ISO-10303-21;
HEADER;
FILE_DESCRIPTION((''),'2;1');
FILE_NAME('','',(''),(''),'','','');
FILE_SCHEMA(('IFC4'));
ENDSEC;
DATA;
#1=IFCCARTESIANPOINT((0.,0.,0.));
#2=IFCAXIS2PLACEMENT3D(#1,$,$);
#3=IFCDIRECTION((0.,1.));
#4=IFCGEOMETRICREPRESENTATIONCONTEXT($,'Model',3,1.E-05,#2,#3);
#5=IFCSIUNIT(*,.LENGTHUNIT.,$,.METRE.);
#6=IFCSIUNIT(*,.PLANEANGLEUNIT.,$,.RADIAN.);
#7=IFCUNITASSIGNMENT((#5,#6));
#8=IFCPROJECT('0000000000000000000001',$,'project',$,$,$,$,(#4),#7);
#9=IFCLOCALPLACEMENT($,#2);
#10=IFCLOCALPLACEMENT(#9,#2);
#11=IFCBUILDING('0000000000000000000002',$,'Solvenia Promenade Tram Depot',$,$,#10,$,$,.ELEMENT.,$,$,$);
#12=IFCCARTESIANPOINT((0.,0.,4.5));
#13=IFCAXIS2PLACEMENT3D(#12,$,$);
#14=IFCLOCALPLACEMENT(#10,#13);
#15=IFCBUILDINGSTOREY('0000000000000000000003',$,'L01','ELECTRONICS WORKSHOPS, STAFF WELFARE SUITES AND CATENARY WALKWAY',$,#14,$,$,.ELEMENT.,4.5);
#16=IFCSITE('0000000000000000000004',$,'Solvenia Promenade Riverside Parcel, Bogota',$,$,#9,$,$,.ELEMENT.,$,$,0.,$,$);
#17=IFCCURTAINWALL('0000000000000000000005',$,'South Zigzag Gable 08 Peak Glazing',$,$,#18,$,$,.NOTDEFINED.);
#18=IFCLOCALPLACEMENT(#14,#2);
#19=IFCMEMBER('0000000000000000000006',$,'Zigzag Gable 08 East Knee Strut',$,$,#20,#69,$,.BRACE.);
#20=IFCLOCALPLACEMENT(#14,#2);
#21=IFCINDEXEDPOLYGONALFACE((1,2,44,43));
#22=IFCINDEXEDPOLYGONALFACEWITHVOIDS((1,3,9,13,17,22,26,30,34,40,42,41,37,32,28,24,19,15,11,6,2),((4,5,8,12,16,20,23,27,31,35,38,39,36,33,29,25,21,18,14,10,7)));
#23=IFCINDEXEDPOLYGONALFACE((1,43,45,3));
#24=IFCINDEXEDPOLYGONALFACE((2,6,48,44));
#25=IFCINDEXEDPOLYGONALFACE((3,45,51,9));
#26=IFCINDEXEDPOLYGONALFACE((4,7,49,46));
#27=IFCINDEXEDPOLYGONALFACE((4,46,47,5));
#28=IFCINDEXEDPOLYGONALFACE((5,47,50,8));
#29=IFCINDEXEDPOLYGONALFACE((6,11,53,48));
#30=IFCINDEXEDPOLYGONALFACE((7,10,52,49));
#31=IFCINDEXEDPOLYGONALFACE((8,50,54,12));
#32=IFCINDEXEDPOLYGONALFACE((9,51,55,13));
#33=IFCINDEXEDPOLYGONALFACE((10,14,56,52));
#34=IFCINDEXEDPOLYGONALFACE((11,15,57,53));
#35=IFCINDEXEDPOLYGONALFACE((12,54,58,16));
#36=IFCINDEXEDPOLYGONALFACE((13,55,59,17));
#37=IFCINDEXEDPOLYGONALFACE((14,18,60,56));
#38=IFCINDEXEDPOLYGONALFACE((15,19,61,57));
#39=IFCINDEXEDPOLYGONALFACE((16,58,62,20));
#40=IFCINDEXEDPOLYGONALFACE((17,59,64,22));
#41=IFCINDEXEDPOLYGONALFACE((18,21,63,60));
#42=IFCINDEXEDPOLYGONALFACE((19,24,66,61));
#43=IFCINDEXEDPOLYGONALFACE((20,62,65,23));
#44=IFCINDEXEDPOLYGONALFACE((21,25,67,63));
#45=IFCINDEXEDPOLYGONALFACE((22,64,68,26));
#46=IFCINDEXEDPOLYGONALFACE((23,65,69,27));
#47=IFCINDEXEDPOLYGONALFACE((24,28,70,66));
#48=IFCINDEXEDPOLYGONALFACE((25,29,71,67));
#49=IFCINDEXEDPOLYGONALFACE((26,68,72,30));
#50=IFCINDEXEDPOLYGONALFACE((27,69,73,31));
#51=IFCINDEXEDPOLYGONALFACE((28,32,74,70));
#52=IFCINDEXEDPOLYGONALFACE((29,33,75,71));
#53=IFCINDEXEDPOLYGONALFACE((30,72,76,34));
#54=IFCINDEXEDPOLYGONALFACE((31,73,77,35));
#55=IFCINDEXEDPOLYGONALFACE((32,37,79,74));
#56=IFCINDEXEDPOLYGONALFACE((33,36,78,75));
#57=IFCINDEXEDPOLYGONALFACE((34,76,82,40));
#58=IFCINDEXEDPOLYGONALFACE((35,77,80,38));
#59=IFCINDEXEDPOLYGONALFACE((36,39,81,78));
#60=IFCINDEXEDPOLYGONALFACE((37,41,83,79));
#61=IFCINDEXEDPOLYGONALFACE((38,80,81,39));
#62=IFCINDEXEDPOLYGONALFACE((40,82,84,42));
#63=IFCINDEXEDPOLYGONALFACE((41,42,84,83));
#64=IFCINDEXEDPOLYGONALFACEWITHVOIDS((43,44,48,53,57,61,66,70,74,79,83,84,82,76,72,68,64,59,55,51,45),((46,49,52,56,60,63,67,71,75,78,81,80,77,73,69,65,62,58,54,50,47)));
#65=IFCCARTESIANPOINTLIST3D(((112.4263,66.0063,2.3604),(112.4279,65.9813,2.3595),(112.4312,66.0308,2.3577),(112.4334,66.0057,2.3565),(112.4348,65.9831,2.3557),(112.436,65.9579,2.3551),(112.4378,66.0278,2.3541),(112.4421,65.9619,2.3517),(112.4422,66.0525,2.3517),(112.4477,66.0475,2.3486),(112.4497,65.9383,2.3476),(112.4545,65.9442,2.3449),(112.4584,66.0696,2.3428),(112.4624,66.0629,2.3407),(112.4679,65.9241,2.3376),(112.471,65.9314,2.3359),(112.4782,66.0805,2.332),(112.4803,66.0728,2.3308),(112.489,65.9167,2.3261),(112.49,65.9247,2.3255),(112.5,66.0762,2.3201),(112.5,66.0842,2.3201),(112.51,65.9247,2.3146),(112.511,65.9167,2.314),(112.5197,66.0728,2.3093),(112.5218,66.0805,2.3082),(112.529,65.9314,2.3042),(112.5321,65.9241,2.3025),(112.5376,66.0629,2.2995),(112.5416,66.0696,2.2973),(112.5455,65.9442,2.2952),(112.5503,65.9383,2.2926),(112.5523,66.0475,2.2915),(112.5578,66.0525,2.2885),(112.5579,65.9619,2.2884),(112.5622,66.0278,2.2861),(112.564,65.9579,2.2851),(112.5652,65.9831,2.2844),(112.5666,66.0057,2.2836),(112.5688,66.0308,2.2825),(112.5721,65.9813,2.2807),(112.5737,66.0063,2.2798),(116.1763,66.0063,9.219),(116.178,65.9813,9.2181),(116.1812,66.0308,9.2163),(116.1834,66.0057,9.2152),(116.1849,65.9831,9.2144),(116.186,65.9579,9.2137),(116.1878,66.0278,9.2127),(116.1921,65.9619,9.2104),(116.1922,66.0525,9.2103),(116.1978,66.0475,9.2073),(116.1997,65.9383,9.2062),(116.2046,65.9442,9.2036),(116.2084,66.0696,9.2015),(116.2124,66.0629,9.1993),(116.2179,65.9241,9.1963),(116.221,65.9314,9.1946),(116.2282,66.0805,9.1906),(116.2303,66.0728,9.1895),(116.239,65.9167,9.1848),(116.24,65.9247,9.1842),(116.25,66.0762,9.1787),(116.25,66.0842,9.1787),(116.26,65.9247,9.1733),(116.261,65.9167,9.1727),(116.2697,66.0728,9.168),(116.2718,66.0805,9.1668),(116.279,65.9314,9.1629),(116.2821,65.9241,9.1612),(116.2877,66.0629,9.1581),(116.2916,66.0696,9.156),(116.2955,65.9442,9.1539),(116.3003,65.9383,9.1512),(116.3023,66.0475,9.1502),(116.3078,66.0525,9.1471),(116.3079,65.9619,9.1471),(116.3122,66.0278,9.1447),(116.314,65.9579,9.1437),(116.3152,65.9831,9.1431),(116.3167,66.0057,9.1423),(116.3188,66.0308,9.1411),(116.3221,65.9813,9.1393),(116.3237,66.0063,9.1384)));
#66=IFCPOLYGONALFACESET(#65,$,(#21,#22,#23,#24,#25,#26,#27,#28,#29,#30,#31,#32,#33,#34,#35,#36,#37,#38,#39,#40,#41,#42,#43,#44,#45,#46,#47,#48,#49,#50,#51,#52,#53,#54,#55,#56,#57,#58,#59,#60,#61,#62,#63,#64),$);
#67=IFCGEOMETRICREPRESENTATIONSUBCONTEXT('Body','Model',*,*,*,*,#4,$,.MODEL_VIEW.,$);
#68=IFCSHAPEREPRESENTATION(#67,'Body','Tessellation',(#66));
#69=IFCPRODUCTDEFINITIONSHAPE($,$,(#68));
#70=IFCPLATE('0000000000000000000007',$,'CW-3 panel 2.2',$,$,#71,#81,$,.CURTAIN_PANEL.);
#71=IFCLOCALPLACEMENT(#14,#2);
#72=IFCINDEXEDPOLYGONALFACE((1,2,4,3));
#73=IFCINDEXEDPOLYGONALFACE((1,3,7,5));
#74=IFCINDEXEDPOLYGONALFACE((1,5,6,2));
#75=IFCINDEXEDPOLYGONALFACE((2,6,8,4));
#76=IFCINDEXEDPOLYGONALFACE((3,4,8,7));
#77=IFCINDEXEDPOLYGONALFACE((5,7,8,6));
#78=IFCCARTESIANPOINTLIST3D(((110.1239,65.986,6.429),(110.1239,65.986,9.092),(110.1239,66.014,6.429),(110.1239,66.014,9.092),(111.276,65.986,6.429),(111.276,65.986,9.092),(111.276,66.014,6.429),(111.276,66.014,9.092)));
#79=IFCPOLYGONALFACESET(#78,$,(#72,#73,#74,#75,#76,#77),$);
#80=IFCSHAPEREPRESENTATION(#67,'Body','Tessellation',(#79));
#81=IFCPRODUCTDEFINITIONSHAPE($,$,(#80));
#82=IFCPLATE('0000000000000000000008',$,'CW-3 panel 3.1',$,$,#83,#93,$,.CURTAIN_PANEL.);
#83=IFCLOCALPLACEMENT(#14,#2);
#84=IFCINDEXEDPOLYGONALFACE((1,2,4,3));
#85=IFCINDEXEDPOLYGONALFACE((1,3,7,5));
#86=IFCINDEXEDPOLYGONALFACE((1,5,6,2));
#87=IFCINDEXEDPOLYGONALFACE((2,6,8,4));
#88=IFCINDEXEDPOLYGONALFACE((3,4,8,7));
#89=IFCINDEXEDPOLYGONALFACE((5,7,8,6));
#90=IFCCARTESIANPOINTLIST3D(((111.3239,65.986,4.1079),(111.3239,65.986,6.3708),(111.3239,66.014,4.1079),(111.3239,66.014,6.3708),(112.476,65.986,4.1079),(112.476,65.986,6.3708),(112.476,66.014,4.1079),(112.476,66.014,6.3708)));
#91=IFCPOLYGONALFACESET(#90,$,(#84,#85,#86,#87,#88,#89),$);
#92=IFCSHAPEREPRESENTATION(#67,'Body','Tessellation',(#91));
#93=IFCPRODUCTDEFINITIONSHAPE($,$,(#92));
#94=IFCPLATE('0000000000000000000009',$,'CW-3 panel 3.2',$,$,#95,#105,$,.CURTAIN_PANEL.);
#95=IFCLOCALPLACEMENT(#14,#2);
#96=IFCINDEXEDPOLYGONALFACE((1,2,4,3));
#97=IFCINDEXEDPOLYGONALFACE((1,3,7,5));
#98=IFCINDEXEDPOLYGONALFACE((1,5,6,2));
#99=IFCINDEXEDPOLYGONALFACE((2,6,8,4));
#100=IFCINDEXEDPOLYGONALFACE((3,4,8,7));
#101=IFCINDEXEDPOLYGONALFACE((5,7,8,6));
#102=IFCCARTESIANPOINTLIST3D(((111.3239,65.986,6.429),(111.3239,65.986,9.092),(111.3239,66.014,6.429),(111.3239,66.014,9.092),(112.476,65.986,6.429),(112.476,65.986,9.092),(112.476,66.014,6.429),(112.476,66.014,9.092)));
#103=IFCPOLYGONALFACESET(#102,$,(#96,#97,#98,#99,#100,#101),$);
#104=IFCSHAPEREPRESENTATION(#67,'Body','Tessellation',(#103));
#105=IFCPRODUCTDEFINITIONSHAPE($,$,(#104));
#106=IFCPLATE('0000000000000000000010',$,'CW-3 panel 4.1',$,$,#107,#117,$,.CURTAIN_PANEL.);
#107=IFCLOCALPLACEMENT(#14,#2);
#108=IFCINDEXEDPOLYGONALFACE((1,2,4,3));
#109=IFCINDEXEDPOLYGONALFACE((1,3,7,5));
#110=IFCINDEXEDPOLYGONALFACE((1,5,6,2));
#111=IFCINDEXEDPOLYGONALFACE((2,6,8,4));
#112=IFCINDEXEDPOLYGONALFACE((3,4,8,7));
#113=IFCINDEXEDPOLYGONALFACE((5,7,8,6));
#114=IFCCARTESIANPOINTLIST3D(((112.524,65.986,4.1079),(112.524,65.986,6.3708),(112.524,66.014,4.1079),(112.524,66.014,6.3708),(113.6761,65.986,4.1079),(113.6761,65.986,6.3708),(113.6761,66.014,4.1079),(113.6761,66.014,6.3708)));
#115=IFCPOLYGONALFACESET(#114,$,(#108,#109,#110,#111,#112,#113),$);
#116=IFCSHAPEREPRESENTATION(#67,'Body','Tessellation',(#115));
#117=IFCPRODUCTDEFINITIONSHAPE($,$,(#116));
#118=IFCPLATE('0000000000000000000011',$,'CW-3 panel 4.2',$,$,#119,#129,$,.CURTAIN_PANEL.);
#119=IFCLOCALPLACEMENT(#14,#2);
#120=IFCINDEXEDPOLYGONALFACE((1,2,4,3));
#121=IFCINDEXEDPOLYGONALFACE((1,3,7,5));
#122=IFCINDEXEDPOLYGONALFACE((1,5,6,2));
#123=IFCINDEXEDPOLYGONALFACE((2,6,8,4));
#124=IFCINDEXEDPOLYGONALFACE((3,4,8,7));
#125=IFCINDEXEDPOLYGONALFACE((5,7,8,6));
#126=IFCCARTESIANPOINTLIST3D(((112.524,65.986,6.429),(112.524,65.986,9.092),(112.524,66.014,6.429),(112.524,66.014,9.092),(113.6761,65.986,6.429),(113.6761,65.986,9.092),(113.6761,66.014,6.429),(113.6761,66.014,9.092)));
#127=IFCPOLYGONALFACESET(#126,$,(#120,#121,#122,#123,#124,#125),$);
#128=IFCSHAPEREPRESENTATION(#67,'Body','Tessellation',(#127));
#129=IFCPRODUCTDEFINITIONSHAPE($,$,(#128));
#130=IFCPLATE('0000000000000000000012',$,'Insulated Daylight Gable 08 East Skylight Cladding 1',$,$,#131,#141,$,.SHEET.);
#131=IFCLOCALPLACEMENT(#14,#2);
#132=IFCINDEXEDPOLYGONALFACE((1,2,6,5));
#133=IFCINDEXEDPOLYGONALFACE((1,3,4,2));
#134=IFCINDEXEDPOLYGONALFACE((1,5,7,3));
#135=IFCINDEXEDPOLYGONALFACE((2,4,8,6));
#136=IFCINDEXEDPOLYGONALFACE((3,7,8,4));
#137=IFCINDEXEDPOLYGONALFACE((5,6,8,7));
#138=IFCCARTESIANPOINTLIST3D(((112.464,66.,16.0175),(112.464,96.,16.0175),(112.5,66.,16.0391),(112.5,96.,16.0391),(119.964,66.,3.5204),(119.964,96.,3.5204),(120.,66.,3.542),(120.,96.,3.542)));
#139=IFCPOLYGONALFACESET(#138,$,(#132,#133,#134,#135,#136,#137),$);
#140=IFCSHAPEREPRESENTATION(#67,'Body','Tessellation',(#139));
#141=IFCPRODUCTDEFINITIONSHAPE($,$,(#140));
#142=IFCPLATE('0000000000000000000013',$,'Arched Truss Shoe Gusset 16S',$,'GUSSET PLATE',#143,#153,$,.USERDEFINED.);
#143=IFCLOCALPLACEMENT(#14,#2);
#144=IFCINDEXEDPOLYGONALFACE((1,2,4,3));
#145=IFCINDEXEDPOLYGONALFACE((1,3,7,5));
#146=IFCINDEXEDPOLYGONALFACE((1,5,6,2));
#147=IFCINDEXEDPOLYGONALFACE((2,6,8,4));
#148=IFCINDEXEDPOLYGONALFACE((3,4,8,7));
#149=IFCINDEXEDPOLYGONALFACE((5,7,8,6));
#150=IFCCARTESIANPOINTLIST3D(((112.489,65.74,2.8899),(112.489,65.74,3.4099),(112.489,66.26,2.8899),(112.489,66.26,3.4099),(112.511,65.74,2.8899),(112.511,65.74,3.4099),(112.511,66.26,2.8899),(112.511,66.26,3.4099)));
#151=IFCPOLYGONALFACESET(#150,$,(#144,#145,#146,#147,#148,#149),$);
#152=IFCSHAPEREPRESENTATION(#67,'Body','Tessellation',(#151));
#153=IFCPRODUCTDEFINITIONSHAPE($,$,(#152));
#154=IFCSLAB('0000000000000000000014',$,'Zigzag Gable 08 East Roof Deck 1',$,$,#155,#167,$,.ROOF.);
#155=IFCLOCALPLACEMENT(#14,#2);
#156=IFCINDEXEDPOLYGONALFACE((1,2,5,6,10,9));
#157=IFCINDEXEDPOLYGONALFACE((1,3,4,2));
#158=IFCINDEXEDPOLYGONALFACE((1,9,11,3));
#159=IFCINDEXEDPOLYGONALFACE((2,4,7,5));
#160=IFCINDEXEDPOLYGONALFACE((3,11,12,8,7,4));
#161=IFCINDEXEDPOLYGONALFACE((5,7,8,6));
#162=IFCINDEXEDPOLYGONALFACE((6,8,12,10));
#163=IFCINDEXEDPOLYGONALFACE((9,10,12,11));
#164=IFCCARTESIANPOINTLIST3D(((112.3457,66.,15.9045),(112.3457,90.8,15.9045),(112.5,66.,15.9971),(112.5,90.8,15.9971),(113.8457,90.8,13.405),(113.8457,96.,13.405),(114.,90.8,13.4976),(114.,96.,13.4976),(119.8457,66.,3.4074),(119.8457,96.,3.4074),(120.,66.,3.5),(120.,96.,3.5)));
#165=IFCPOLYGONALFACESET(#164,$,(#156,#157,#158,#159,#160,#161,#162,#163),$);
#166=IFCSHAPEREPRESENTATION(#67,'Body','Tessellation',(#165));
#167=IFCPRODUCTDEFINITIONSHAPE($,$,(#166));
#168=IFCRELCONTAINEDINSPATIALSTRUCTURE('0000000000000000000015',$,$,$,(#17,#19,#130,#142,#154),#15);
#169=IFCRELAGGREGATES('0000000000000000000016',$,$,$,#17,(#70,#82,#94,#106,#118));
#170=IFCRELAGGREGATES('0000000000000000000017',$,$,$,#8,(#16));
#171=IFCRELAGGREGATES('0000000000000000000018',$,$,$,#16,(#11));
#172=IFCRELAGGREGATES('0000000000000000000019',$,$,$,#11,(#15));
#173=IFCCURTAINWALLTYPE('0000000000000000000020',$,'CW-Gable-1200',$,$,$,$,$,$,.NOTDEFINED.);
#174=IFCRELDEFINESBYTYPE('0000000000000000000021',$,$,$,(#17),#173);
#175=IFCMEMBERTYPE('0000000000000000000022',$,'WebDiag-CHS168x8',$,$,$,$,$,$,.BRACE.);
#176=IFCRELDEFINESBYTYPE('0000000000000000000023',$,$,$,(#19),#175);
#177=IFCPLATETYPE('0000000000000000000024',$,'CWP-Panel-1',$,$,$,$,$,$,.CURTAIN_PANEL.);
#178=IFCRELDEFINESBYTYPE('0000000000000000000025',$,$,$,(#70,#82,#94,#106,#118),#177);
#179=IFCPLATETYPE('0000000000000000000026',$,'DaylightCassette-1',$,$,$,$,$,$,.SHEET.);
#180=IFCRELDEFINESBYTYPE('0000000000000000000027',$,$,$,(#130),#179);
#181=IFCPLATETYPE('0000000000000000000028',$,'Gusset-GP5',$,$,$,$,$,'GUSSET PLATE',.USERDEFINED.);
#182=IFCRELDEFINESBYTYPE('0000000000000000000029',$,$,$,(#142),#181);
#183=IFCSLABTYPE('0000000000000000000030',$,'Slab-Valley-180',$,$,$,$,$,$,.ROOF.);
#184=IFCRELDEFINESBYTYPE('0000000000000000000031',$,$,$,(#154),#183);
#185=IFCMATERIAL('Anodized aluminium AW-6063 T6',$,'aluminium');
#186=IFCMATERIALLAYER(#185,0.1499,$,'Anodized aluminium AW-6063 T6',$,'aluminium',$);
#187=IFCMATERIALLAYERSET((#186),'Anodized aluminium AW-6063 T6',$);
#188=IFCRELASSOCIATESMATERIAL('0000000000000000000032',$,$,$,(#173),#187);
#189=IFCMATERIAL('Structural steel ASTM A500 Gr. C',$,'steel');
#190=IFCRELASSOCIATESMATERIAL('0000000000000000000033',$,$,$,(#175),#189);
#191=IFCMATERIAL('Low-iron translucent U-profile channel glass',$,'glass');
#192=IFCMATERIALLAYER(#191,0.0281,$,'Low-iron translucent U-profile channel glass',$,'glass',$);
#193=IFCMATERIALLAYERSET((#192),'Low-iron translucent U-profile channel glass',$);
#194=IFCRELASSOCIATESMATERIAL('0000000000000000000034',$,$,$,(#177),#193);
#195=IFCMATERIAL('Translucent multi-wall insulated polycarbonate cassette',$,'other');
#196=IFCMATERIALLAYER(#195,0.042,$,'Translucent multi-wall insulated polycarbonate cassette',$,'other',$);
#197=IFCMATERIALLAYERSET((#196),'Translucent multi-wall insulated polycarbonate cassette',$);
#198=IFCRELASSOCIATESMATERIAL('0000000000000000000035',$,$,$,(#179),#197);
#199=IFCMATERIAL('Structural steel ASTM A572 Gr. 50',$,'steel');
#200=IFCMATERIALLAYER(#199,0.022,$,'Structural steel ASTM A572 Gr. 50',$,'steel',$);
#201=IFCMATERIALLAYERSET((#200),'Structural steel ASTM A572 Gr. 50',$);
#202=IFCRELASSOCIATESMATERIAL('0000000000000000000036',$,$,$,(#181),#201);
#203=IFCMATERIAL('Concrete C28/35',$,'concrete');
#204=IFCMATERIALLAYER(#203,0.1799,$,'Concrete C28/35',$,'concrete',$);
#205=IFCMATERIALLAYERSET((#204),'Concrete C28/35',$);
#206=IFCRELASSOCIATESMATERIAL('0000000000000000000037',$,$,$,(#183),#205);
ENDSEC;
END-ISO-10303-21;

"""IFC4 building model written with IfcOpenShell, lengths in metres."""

from ifc_helpers import new_model, si_unit, direction, frame, origin, origin_2d, place, context, subcontext, project, spatial, polyline, rectangle, hollow_circle, outline, extrude, material, layer, layer_set, material_profile, profile_set, type_object, element, aggregate, save


model = new_model("IFC4")

# Units and contexts
model_context = context("Model", 3, precision=1e-05, world=origin(), true_north=direction((0.0, 1.0)))
body_context = subcontext(model_context, "Body", "Model", "MODEL_VIEW")
ifc_project = project(units=[si_unit("LENGTHUNIT", "METRE"), si_unit("PLANEANGLEUNIT", "RADIAN")], contexts=[model_context])

# Site, building, storey
site_placement = place(None, origin())
site = spatial("IfcSite", under=ifc_project, at=site_placement, Name="Solvenia Promenade Riverside Parcel, Bogota", CompositionType="ELEMENT", RefElevation=0.0)
building_placement = place(site_placement, origin())
building = spatial("IfcBuilding", under=site, at=building_placement, Name="Solvenia Promenade Tram Depot", CompositionType="ELEMENT")
storey_placement = place(building_placement, frame((0.0, 0.0, 4.5)))
storey = spatial("IfcBuildingStorey", under=building, at=storey_placement, Name="L01", Description="ELECTRONICS WORKSHOPS, STAFF WELFARE SUITES AND CATENARY WALKWAY", CompositionType="ELEMENT", Elevation=4.5)

# Shared definitions
ifc_material_1 = material(Name="Structural steel ASTM A500 Gr. C", Category="steel")

# Curtain wall
ifc_material_2 = material(Name="Anodized aluminium AW-6063 T6", Category="aluminium")
ifc_layer_1 = layer(ifc_material_2, 0.1499, Name="Anodized aluminium AW-6063 T6", Category="aluminium")
ifc_layer_set_1 = layer_set([ifc_layer_1], Name="Anodized aluminium AW-6063 T6")
curtain_wall_type = type_object("IfcCurtainWallType", Name="CW-Gable-1200", PredefinedType="NOTDEFINED", material=ifc_layer_set_1)
curtain_wall_placement = place(storey_placement, origin())
curtain_wall = element("IfcCurtainWall", 1, at=curtain_wall_placement, inside=storey, type_object=curtain_wall_type, Name="South Zigzag Gable 08 Peak Glazing", PredefinedType="NOTDEFINED")

# Member
ifc_material_profile_1 = material_profile(ifc_material_1, hollow_circle(Radius=0.0842, WallThickness=0.0081, at=origin_2d()), Name="CHS168.3x8", Category="steel")
ifc_profile_set_1 = profile_set([ifc_material_profile_1], Name="Structural steel ASTM A500 Gr. C")
member_type_1 = type_object("IfcMemberType", Name="WebDiag-CHS168x8", PredefinedType="BRACE", material=ifc_profile_set_1)
for number, where, z_axis, x_axis, name in (
    (2, (112.5, 66.0, 2.3201), (0.479732, 0.0, 0.877415), (0.0, 1.0, 0.0), "Zigzag Gable 08 East Knee Strut"),
):
    element("IfcMember", number, at=place(storey_placement, frame(where, z_axis=z_axis, x_axis=x_axis)), inside=storey, type_object=member_type_1, Name=name, PredefinedType="BRACE", context=body_context, shape_type="SweptSolid", body=[
        extrude(hollow_circle(Radius=0.0842, WallThickness=0.0081, at=origin_2d()), origin(), (0.0, 0.0, 1.0), 7.8169),
    ])

# Plates
ifc_material_3 = material(Name="Low-iron translucent U-profile channel glass", Category="glass")
ifc_layer_2 = layer(ifc_material_3, 0.0281, Name="Low-iron translucent U-profile channel glass", Category="glass")
ifc_layer_set_2 = layer_set([ifc_layer_2], Name="Low-iron translucent U-profile channel glass")
plate_type_1 = type_object("IfcPlateType", Name="CWP-Panel-1", PredefinedType="CURTAIN_PANEL", material=ifc_layer_set_2)
plate_1_placement = place(storey_placement, frame((110.7, 66.0, 6.429), z_axis=(0.0, 0.0, 1.0), x_axis=(1.0, 0.0, 0.0)))
plate_1 = element("IfcPlate", 3, at=plate_1_placement, type_object=plate_type_1, Name="CW-3 panel 2.2", PredefinedType="CURTAIN_PANEL", context=body_context, shape_type="SweptSolid", body=[
    extrude(rectangle(XDim=1.1521, YDim=0.0281, at=origin_2d()), origin(), (0.0, 0.0, 1.0), 2.6631),
])
plate_2_placement = place(storey_placement, frame((111.8999, 66.0, 4.1079), z_axis=(0.0, 0.0, 1.0), x_axis=(1.0, 0.0, 0.0)))
plate_2 = element("IfcPlate", 4, at=plate_2_placement, type_object=plate_type_1, Name="CW-3 panel 3.1", PredefinedType="CURTAIN_PANEL", context=body_context, shape_type="SweptSolid", body=[
    extrude(rectangle(XDim=1.1521, YDim=0.0281, at=origin_2d()), origin(), (0.0, 0.0, 1.0), 2.2629),
])
plate_3_placement = place(storey_placement, frame((111.8999, 66.0, 6.429), z_axis=(0.0, 0.0, 1.0), x_axis=(1.0, 0.0, 0.0)))
plate_3 = element("IfcPlate", 5, at=plate_3_placement, type_object=plate_type_1, Name="CW-3 panel 3.2", PredefinedType="CURTAIN_PANEL", context=body_context, shape_type="SweptSolid", body=[
    extrude(rectangle(XDim=1.1521, YDim=0.0281, at=origin_2d()), origin(), (0.0, 0.0, 1.0), 2.6631),
])
plate_4_placement = place(storey_placement, frame((113.1001, 66.0, 4.1079), z_axis=(0.0, 0.0, 1.0), x_axis=(1.0, 0.0, 0.0)))
plate_4 = element("IfcPlate", 6, at=plate_4_placement, type_object=plate_type_1, Name="CW-3 panel 4.1", PredefinedType="CURTAIN_PANEL", context=body_context, shape_type="SweptSolid", body=[
    extrude(rectangle(XDim=1.1521, YDim=0.0281, at=origin_2d()), origin(), (0.0, 0.0, 1.0), 2.2629),
])
plate_5_placement = place(storey_placement, frame((113.1001, 66.0, 6.429), z_axis=(0.0, 0.0, 1.0), x_axis=(1.0, 0.0, 0.0)))
plate_5 = element("IfcPlate", 7, at=plate_5_placement, type_object=plate_type_1, Name="CW-3 panel 4.2", PredefinedType="CURTAIN_PANEL", context=body_context, shape_type="SweptSolid", body=[
    extrude(rectangle(XDim=1.1521, YDim=0.0281, at=origin_2d()), origin(), (0.0, 0.0, 1.0), 2.6631),
])
aggregate(curtain_wall, [plate_1, plate_2, plate_3, plate_4, plate_5])

# Plates
ifc_material_4 = material(Name="Translucent multi-wall insulated polycarbonate cassette", Category="other")
ifc_layer_3 = layer(ifc_material_4, 0.042, Name="Translucent multi-wall insulated polycarbonate cassette", Category="other")
ifc_layer_set_3 = layer_set([ifc_layer_3], Name="Translucent multi-wall insulated polycarbonate cassette")
plate_type_2 = type_object("IfcPlateType", Name="DaylightCassette-1", PredefinedType="SHEET", material=ifc_layer_set_3)
plate_6_placement = place(storey_placement, frame((112.5, 66.0, 16.0391), z_axis=(0.85744, 0.0, 0.514584), x_axis=(0.0, 1.0, 0.0)))
element("IfcPlate", 8, at=plate_6_placement, inside=storey, type_object=plate_type_2, Name="Insulated Daylight Gable 08 East Skylight Cladding 1", PredefinedType="SHEET", context=body_context, shape_type="SweptSolid", body=[
    extrude(outline(polyline([(0.0, 0.0), (30.0, 0.0), (30.0, -14.5749), (0.0, -14.5749), (0.0, 0.0)])), origin(), (0.0, 0.0, -1.0), 0.042),
])
ifc_material_5 = material(Name="Structural steel ASTM A572 Gr. 50", Category="steel")
ifc_layer_4 = layer(ifc_material_5, 0.022, Name="Structural steel ASTM A572 Gr. 50", Category="steel")
ifc_layer_set_4 = layer_set([ifc_layer_4], Name="Structural steel ASTM A572 Gr. 50")
plate_type_3 = type_object("IfcPlateType", Name="Gusset-GP5", ElementType="GUSSET PLATE", PredefinedType="USERDEFINED", material=ifc_layer_set_4)
plate_7_placement = place(storey_placement, frame((112.5, 66.0, 2.8899), z_axis=(0.0, 0.0, 1.0), x_axis=(1.0, 0.0, 0.0)))
element("IfcPlate", 9, at=plate_7_placement, inside=storey, type_object=plate_type_3, Name="Arched Truss Shoe Gusset 16S", ObjectType="GUSSET PLATE", PredefinedType="USERDEFINED", context=body_context, shape_type="SweptSolid", body=[
    extrude(rectangle(XDim=0.022, YDim=0.52, at=origin_2d()), origin(), (0.0, 0.0, 1.0), 0.52),
])

# Slab
ifc_material_6 = material(Name="Concrete C28/35", Category="concrete")
ifc_layer_5 = layer(ifc_material_6, 0.1799, Name="Concrete C28/35", Category="concrete")
ifc_layer_set_5 = layer_set([ifc_layer_5], Name="Concrete C28/35")
slab_type = type_object("IfcSlabType", Name="Slab-Valley-180", PredefinedType="ROOF", material=ifc_layer_set_5)
slab_placement = place(storey_placement, frame((112.5, 66.0, 15.9971), z_axis=(0.857439, 0.000001, 0.514585), x_axis=(-0.000001, 1.0, 0.0)))
element("IfcSlab", 10, at=slab_placement, inside=storey, type_object=slab_type, Name="Zigzag Gable 08 East Roof Deck 1", PredefinedType="ROOF", context=body_context, shape_type="SweptSolid", body=[
    extrude(outline(polyline([(0.0, 0.0), (24.8, 0.0), (24.8, -2.9151), (30.0, -2.9151), (30.0, -14.5749), (0.0, -14.5749), (0.0, 0.0)])), origin(), (0.0, 0.0, -1.0), 0.1799),
])

save(model, "model.ifc")
